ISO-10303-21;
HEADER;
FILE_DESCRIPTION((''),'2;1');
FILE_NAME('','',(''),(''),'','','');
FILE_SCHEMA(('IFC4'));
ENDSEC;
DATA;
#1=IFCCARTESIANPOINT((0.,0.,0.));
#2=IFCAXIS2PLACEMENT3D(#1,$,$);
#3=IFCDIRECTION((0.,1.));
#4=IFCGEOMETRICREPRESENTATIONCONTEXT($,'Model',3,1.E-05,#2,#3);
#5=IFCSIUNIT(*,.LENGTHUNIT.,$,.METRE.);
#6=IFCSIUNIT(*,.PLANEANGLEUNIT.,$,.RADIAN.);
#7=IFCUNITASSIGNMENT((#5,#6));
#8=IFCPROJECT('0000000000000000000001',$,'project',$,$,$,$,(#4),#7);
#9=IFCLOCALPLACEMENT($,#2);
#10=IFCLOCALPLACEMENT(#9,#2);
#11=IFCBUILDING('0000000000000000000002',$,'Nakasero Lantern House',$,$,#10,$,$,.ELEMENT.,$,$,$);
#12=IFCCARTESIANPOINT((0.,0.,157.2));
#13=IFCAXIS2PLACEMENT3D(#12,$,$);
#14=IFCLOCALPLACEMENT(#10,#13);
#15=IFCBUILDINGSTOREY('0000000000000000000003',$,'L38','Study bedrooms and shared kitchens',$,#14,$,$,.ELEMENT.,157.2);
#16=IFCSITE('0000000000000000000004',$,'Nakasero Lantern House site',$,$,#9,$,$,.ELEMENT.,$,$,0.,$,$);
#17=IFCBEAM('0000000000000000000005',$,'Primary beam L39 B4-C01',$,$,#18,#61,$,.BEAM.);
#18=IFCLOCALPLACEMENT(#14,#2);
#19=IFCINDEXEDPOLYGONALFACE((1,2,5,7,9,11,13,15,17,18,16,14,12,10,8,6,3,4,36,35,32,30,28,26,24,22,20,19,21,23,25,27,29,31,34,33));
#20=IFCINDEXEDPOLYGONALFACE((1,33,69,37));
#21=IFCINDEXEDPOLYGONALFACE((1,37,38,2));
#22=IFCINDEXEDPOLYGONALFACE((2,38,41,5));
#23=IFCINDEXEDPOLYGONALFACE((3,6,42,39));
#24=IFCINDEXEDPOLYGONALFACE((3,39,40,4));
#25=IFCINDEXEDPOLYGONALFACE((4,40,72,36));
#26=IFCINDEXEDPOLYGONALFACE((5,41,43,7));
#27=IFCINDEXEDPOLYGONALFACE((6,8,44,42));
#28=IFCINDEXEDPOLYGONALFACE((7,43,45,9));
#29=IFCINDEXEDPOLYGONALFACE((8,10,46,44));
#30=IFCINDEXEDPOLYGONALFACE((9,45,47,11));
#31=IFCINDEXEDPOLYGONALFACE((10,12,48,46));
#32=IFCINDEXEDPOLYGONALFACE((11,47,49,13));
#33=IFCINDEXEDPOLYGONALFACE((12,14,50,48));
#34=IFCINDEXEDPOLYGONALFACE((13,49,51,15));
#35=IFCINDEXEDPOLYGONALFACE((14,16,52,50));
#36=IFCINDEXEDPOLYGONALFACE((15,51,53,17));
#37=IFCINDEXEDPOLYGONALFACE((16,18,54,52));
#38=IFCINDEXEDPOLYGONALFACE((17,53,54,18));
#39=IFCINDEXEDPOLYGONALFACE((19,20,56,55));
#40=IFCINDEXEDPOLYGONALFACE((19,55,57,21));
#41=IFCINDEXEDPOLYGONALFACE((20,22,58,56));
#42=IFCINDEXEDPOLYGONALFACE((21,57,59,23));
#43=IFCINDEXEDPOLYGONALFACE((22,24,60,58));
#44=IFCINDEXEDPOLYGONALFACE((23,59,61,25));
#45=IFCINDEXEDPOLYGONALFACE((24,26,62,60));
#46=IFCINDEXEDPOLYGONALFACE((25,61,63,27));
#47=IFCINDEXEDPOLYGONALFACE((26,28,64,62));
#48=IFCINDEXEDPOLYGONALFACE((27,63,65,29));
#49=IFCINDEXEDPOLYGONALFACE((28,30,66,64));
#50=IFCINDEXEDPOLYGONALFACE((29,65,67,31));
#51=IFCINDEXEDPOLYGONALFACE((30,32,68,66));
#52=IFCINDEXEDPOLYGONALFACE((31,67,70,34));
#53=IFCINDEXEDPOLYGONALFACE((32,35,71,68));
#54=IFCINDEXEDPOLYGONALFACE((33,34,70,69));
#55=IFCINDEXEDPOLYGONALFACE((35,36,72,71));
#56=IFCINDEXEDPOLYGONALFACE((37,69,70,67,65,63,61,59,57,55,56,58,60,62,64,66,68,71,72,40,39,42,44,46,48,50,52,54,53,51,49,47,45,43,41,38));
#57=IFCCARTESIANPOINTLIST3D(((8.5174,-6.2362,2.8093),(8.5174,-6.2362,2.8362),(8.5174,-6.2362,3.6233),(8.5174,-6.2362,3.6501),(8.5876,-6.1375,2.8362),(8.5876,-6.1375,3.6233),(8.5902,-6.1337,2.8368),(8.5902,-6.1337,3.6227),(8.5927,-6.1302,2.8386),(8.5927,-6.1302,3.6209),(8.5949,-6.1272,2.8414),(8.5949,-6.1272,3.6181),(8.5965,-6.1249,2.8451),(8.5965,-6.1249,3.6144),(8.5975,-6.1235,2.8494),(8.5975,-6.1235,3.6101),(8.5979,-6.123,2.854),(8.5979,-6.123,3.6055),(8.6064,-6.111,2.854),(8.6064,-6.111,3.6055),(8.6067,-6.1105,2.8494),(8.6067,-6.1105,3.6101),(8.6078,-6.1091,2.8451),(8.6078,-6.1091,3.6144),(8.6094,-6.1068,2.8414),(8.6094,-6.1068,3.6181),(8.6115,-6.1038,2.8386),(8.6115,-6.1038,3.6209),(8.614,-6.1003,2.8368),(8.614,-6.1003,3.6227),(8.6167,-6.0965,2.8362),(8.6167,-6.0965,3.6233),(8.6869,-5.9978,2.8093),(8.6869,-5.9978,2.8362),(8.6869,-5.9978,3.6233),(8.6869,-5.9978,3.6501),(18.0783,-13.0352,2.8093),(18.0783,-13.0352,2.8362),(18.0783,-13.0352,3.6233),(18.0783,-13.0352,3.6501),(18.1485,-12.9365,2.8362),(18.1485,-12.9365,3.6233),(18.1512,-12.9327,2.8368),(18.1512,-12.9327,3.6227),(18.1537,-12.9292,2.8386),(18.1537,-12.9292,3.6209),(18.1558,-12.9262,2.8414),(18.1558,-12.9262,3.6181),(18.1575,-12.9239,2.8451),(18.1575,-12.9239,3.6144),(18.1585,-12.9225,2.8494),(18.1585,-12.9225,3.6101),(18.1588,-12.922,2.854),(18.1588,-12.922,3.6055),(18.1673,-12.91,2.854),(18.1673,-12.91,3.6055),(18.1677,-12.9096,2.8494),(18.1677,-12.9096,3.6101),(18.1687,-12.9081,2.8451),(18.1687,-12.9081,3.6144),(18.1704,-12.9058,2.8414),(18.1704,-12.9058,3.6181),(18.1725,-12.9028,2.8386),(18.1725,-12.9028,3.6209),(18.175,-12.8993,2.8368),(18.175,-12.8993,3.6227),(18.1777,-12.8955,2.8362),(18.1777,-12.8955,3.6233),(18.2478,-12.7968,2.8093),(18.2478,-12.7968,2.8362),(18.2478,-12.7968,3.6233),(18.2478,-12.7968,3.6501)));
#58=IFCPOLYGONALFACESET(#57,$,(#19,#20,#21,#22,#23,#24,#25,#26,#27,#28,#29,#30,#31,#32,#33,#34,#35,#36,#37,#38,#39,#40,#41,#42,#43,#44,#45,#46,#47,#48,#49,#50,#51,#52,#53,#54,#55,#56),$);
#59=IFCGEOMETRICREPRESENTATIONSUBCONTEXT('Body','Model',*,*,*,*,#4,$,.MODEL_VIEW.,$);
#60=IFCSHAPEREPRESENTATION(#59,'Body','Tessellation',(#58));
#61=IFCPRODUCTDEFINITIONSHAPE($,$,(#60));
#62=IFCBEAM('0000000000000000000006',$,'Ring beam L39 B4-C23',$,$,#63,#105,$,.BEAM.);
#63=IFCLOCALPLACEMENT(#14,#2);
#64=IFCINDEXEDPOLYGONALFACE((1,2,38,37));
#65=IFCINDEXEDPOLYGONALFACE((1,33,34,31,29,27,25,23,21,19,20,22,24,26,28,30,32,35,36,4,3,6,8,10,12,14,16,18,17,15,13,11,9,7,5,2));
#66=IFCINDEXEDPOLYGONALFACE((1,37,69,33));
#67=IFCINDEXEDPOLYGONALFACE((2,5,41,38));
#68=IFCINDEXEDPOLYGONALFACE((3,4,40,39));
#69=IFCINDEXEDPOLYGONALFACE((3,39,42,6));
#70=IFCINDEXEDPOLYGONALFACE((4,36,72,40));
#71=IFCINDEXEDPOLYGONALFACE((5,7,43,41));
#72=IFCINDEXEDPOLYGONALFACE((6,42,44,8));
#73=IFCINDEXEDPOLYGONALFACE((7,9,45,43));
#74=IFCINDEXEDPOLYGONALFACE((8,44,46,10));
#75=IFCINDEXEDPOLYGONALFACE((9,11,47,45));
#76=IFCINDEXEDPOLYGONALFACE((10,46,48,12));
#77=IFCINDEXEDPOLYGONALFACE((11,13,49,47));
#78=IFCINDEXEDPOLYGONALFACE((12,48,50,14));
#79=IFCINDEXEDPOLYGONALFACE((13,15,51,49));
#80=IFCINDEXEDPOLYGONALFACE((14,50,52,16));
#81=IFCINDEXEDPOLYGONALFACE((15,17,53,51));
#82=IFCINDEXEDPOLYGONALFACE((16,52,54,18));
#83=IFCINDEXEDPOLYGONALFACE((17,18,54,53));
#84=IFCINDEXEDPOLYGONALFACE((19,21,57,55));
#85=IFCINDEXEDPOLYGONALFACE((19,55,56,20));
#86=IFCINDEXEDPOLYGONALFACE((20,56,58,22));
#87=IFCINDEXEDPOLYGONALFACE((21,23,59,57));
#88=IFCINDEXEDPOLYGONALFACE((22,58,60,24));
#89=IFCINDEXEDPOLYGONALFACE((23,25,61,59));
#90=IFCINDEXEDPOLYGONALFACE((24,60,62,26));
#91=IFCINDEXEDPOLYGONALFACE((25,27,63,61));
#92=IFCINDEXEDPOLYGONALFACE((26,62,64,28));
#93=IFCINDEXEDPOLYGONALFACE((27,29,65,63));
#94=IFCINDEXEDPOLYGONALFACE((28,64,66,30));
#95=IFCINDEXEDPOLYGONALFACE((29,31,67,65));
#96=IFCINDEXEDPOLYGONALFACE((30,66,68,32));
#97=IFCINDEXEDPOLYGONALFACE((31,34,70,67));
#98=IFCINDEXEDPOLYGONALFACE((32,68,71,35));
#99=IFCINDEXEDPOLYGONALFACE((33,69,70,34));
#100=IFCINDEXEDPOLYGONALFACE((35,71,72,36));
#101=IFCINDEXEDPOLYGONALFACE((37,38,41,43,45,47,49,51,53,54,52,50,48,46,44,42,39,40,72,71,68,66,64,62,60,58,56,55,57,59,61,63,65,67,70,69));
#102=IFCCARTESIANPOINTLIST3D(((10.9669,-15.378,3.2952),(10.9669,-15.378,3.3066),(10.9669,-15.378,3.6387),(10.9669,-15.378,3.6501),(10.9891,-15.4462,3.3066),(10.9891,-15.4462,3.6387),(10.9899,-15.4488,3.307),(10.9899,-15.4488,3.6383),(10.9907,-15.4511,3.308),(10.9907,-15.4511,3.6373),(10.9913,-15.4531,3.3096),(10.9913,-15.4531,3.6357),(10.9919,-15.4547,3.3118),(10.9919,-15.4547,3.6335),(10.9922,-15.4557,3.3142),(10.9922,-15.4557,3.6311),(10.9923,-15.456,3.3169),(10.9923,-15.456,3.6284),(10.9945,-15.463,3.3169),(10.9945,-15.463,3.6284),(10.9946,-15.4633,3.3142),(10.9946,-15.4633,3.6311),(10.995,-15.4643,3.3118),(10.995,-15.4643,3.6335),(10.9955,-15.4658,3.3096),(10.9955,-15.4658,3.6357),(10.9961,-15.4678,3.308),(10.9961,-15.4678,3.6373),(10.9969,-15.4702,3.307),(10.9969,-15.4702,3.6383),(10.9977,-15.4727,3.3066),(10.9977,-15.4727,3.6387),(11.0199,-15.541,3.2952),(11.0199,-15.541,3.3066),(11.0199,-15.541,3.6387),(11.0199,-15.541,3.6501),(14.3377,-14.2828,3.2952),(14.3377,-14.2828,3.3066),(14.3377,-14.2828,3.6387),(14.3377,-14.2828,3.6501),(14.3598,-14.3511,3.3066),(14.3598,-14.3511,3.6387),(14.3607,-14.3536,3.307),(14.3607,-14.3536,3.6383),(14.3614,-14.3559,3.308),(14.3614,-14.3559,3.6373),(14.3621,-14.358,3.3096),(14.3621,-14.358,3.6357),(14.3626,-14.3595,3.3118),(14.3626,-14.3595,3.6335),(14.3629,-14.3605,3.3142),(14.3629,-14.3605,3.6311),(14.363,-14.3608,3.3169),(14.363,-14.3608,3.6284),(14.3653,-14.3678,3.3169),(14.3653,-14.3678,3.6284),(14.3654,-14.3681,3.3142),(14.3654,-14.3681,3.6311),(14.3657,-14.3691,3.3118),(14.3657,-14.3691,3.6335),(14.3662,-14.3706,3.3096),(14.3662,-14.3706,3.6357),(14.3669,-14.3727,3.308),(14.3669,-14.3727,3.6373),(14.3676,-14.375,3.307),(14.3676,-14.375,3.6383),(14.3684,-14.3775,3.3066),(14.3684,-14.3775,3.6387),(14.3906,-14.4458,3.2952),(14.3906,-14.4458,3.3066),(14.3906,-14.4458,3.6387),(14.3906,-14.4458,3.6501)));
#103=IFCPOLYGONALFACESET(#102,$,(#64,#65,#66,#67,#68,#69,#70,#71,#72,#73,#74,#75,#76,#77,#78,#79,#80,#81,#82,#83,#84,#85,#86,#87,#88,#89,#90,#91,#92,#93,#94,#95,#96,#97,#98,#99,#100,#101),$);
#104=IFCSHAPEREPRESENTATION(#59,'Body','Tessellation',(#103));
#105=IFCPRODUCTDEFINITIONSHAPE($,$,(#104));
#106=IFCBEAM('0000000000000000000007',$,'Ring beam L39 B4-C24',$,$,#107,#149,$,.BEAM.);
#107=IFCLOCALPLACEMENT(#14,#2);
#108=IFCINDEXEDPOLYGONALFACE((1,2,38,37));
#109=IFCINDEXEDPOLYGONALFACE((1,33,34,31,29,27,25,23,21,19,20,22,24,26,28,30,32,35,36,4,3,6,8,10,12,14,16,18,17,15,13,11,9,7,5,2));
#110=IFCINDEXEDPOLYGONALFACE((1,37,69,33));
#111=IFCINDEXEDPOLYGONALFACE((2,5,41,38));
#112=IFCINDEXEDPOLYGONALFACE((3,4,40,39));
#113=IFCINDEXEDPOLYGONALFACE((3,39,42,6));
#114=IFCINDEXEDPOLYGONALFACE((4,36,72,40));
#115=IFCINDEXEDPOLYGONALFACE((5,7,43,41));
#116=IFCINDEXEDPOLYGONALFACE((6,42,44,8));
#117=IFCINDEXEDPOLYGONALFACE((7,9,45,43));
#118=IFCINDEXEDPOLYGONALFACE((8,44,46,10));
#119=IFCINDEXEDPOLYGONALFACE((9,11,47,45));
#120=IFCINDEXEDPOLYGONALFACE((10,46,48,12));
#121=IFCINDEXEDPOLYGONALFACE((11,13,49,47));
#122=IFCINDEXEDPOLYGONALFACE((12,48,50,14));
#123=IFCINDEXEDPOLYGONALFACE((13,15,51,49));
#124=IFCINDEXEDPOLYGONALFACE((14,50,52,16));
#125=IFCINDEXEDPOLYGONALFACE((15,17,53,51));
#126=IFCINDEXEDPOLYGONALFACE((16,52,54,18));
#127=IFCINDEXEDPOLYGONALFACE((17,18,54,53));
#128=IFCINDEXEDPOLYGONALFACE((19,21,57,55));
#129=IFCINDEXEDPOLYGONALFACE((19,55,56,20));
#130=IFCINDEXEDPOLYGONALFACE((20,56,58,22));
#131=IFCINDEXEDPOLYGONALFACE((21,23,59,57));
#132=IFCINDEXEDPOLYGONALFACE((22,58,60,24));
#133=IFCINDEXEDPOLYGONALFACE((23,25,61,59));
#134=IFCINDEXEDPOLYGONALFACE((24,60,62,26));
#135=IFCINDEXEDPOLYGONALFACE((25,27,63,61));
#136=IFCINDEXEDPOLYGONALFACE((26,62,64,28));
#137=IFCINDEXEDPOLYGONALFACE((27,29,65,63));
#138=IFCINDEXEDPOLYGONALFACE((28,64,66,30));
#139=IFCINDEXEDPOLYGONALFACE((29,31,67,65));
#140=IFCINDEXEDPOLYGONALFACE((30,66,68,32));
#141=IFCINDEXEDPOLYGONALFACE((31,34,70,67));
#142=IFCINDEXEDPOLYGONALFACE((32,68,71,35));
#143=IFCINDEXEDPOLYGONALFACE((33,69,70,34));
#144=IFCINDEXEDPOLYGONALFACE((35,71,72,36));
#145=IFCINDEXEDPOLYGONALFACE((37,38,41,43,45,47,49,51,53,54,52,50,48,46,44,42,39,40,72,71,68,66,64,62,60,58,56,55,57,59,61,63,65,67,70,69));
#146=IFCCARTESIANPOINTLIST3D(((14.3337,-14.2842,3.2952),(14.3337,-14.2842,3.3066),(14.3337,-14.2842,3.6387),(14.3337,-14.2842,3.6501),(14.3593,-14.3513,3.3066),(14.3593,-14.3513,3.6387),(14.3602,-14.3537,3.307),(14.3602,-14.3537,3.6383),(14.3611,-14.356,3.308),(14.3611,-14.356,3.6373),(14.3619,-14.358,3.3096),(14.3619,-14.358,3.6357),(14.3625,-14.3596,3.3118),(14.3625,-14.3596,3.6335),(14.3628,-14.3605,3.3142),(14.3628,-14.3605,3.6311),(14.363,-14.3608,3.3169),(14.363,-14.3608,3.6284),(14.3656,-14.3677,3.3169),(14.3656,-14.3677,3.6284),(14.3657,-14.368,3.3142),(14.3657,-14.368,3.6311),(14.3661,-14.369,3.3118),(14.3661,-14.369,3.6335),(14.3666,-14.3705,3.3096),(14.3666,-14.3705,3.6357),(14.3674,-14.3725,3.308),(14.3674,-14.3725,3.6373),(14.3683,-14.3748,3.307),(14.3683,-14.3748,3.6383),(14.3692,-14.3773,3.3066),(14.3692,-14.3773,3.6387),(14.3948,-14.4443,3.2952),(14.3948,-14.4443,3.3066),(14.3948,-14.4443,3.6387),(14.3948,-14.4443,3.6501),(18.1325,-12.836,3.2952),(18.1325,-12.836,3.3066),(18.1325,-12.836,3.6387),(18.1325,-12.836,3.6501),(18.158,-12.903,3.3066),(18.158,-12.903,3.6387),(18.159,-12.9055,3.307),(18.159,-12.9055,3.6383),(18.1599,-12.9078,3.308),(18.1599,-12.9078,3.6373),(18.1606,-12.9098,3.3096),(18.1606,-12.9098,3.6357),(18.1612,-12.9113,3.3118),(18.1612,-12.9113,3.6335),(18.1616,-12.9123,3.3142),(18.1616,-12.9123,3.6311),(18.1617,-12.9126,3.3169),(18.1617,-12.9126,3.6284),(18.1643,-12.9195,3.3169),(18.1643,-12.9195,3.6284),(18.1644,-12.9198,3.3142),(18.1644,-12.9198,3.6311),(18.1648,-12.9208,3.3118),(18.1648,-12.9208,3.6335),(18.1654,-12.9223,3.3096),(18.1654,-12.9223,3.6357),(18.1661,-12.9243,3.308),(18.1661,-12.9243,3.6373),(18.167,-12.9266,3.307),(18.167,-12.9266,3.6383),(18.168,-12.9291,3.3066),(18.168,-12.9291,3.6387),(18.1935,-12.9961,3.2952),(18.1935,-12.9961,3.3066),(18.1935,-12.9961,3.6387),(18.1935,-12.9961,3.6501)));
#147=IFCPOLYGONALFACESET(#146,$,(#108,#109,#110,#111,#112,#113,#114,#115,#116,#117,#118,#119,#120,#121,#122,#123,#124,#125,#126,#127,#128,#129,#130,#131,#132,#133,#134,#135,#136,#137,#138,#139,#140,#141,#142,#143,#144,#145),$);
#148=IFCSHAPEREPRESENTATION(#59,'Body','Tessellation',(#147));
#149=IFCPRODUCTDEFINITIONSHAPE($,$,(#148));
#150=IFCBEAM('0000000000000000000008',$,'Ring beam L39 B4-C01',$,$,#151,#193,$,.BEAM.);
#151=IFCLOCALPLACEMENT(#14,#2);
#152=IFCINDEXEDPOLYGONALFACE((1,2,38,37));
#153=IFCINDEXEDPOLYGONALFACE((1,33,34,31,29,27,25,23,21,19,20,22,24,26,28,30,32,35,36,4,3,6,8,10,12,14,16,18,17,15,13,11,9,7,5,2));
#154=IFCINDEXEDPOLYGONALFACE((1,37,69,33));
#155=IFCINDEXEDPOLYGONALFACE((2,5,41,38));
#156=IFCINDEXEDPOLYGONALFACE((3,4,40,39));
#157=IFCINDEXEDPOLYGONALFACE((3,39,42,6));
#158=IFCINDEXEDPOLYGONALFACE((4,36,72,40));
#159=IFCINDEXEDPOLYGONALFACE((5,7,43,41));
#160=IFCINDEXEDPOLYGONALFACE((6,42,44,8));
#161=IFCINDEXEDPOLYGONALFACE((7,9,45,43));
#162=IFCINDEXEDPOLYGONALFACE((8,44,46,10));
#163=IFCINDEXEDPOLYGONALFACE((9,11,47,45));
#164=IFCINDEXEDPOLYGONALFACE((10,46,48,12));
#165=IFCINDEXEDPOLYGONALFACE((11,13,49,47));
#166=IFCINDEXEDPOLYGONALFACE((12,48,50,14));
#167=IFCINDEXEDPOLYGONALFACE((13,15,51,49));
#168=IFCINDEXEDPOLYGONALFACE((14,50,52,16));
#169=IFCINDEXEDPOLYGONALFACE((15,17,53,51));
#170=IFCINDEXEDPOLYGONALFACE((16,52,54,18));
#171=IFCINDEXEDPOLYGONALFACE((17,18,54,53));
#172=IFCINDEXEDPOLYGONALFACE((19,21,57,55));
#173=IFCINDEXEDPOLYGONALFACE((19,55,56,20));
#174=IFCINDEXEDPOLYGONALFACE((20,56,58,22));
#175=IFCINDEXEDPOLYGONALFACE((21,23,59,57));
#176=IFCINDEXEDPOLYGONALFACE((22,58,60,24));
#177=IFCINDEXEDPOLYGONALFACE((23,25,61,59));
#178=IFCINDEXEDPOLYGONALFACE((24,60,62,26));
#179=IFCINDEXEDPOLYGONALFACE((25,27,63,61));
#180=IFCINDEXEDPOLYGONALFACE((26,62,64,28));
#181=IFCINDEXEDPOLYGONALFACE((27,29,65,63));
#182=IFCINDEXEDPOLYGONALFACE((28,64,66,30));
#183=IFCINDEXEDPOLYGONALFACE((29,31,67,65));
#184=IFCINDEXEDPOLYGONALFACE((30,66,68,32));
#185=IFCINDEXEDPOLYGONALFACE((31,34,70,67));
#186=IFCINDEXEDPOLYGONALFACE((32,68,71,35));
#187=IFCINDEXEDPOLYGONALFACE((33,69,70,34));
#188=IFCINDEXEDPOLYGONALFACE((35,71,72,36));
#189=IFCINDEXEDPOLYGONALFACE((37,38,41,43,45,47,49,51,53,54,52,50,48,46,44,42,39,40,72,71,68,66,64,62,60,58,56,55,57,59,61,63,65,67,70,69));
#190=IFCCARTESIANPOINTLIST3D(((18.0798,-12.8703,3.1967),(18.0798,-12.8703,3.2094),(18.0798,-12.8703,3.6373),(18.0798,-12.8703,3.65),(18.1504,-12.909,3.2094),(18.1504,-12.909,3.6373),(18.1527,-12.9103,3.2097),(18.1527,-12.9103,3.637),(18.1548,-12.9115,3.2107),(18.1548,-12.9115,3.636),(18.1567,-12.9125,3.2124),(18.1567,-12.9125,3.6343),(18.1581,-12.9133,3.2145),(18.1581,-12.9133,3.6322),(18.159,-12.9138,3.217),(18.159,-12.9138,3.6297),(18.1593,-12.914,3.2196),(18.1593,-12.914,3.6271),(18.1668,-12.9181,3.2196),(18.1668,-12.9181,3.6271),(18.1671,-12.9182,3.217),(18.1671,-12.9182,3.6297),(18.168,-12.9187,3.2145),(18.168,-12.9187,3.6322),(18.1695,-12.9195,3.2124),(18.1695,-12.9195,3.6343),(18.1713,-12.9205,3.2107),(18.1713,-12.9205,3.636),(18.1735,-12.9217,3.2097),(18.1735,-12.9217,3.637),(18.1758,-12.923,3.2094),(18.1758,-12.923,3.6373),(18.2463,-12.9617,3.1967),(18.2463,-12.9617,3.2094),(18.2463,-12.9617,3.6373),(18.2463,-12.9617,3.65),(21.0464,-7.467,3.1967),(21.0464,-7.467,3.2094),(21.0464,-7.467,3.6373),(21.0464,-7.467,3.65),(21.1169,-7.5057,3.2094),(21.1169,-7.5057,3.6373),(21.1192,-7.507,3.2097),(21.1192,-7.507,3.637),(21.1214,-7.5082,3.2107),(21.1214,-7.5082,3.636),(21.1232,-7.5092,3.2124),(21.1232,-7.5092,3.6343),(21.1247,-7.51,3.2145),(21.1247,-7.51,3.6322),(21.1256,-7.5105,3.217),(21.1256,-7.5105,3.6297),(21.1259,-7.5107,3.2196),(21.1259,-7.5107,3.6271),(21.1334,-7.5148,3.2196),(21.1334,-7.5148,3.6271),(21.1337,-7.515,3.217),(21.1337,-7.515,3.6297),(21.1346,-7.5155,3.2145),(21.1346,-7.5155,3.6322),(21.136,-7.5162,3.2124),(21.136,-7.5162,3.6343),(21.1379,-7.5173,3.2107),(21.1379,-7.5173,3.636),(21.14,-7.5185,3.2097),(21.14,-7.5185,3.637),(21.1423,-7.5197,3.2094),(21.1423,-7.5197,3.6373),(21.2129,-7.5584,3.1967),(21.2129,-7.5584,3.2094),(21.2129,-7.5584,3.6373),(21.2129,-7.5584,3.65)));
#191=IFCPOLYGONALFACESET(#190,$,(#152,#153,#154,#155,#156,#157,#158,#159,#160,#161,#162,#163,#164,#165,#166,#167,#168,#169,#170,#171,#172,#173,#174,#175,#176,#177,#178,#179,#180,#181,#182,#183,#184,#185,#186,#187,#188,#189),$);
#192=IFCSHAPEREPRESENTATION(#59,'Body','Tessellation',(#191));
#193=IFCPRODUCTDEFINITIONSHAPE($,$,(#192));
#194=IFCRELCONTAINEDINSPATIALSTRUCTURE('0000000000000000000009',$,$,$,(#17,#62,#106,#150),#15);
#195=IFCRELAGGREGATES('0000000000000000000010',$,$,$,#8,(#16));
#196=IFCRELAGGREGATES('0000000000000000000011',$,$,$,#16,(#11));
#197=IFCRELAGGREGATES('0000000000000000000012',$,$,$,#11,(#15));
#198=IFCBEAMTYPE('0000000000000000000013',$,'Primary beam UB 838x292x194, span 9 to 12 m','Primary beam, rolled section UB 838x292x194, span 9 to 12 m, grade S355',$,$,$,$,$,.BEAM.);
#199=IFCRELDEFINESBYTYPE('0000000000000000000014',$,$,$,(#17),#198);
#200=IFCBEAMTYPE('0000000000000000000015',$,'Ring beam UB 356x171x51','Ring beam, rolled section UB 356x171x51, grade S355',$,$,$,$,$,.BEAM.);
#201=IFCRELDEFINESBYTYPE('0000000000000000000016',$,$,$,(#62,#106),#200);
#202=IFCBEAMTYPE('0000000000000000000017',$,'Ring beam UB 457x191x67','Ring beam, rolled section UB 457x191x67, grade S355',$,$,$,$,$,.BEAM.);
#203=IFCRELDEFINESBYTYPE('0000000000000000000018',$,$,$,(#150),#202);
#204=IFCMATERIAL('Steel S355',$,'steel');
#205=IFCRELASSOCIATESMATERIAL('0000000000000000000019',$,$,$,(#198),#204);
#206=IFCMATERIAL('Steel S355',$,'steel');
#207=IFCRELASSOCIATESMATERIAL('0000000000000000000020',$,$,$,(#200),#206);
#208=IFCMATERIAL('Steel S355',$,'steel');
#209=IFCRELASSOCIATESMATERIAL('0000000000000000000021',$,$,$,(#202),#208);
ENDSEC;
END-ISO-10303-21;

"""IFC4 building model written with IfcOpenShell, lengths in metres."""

from ifc_helpers import new_model, si_unit, direction, frame, origin, origin_2d, place, context, subcontext, project, spatial, i_section, extrude, material, material_profile, profile_set, type_object, element, save


model = new_model("IFC4")

# Units and contexts
model_context = context("Model", 3, precision=1e-05, world=origin(), true_north=direction((0.0, 1.0)))
body_context = subcontext(model_context, "Body", "Model", "MODEL_VIEW")
ifc_project = project(units=[si_unit("LENGTHUNIT", "METRE"), si_unit("PLANEANGLEUNIT", "RADIAN")], contexts=[model_context])

# Site, building, storey
site_placement = place(None, origin())
site = spatial("IfcSite", under=ifc_project, at=site_placement, Name="Nakasero Lantern House site", CompositionType="ELEMENT", RefElevation=0.0)
building_placement = place(site_placement, origin())
building = spatial("IfcBuilding", under=site, at=building_placement, Name="Nakasero Lantern House", CompositionType="ELEMENT")
storey_placement = place(building_placement, frame((0.0, 0.0, 157.2)))
storey = spatial("IfcBuildingStorey", under=building, at=storey_placement, Name="L38", Description="Study bedrooms and shared kitchens", CompositionType="ELEMENT", Elevation=157.2)

# Beams
ifc_material_1 = material(Name="Steel S355", Category="steel")
ifc_material_profile_1 = material_profile(ifc_material_1, i_section(OverallWidth=0.2925, OverallDepth=0.8408, WebThickness=0.0146, FlangeThickness=0.0269, FilletRadius=0.0178, at=origin_2d()), Name="UB 838x292x194")
ifc_profile_set_1 = profile_set([ifc_material_profile_1], Name="Steel S355")
beam_type_1 = type_object("IfcBeamType", Name="Primary beam UB 838x292x194, span 9 to 12 m", Description="Primary beam, rolled section UB 838x292x194, span 9 to 12 m, grade S355", PredefinedType="BEAM", material=ifc_profile_set_1)
beam_1_placement = place(storey_placement, frame((18.1631, -12.916, 3.2297), z_axis=(-0.814951, 0.57953, 0.0), x_axis=(-0.57953, -0.814951, 0.0)))
element("IfcBeam", 1, at=beam_1_placement, inside=storey, type_object=beam_type_1, Name="Primary beam L39 B4-C01", PredefinedType="BEAM", context=body_context, shape_type="SweptSolid", body=[
    extrude(i_section(OverallWidth=0.2925, OverallDepth=0.8408, WebThickness=0.0146, FlangeThickness=0.0269, FilletRadius=0.0178, at=origin_2d()), origin(), (0.0, 0.0, 1.0), 11.7319),
])
ifc_material_2 = material(Name="Steel S355", Category="steel")
ifc_material_profile_2 = material_profile(ifc_material_2, i_section(OverallWidth=0.1714, OverallDepth=0.355, WebThickness=0.0073, FlangeThickness=0.0115, FilletRadius=0.0103, at=origin_2d()), Name="UB 356x171x51")
ifc_profile_set_2 = profile_set([ifc_material_profile_2], Name="Steel S355")
beam_type_2 = type_object("IfcBeamType", Name="Ring beam UB 356x171x51", Description="Ring beam, rolled section UB 356x171x51, grade S355", PredefinedType="BEAM", material=ifc_profile_set_2)
beam_2_placement = place(storey_placement, frame((10.9934, -15.4595, 3.4727), z_axis=(0.95106, 0.309007, 0.0), x_axis=(-0.309007, 0.95106, 0.0)))
element("IfcBeam", 2, at=beam_2_placement, inside=storey, type_object=beam_type_2, Name="Ring beam L39 B4-C23", PredefinedType="BEAM", context=body_context, shape_type="SweptSolid", body=[
    extrude(i_section(OverallWidth=0.1714, OverallDepth=0.355, WebThickness=0.0073, FlangeThickness=0.0115, FilletRadius=0.0103, at=origin_2d()), origin(), (0.0, 0.0, 1.0), 3.5442),
])
beam_3_placement = place(storey_placement, frame((14.3643, -14.3643, 3.4727), z_axis=(0.9344, 0.356225, 0.0), x_axis=(-0.356225, 0.9344, 0.0)))
element("IfcBeam", 3, at=beam_3_placement, inside=storey, type_object=beam_type_2, Name="Ring beam L39 B4-C24", PredefinedType="BEAM", context=body_context, shape_type="SweptSolid", body=[
    extrude(i_section(OverallWidth=0.1714, OverallDepth=0.355, WebThickness=0.0073, FlangeThickness=0.0115, FilletRadius=0.0103, at=origin_2d()), origin(), (0.0, 0.0, 1.0), 4.0654),
])
ifc_material_3 = material(Name="Steel S355", Category="steel")
ifc_material_profile_3 = material_profile(ifc_material_3, i_section(OverallWidth=0.1899, OverallDepth=0.4534, WebThickness=0.0085, FlangeThickness=0.0127, FilletRadius=0.0103, at=origin_2d()), Name="UB 457x191x67")
ifc_profile_set_3 = profile_set([ifc_material_profile_3], Name="Steel S355")
beam_type_3 = type_object("IfcBeamType", Name="Ring beam UB 457x191x67", Description="Ring beam, rolled section UB 457x191x67, grade S355", PredefinedType="BEAM", material=ifc_profile_set_3)
beam_4_placement = place(storey_placement, frame((18.1631, -12.916, 3.4233), z_axis=(0.481262, 0.876577, 0.0), x_axis=(-0.876577, 0.481262, 0.0)))
element("IfcBeam", 4, at=beam_4_placement, inside=storey, type_object=beam_type_3, Name="Ring beam L39 B4-C01", PredefinedType="BEAM", context=body_context, shape_type="SweptSolid", body=[
    extrude(i_section(OverallWidth=0.1899, OverallDepth=0.4534, WebThickness=0.0085, FlangeThickness=0.0127, FilletRadius=0.0103, at=origin_2d()), origin(), (0.0, 0.0, 1.0), 6.1641),
])

save(model, "model.ifc")
